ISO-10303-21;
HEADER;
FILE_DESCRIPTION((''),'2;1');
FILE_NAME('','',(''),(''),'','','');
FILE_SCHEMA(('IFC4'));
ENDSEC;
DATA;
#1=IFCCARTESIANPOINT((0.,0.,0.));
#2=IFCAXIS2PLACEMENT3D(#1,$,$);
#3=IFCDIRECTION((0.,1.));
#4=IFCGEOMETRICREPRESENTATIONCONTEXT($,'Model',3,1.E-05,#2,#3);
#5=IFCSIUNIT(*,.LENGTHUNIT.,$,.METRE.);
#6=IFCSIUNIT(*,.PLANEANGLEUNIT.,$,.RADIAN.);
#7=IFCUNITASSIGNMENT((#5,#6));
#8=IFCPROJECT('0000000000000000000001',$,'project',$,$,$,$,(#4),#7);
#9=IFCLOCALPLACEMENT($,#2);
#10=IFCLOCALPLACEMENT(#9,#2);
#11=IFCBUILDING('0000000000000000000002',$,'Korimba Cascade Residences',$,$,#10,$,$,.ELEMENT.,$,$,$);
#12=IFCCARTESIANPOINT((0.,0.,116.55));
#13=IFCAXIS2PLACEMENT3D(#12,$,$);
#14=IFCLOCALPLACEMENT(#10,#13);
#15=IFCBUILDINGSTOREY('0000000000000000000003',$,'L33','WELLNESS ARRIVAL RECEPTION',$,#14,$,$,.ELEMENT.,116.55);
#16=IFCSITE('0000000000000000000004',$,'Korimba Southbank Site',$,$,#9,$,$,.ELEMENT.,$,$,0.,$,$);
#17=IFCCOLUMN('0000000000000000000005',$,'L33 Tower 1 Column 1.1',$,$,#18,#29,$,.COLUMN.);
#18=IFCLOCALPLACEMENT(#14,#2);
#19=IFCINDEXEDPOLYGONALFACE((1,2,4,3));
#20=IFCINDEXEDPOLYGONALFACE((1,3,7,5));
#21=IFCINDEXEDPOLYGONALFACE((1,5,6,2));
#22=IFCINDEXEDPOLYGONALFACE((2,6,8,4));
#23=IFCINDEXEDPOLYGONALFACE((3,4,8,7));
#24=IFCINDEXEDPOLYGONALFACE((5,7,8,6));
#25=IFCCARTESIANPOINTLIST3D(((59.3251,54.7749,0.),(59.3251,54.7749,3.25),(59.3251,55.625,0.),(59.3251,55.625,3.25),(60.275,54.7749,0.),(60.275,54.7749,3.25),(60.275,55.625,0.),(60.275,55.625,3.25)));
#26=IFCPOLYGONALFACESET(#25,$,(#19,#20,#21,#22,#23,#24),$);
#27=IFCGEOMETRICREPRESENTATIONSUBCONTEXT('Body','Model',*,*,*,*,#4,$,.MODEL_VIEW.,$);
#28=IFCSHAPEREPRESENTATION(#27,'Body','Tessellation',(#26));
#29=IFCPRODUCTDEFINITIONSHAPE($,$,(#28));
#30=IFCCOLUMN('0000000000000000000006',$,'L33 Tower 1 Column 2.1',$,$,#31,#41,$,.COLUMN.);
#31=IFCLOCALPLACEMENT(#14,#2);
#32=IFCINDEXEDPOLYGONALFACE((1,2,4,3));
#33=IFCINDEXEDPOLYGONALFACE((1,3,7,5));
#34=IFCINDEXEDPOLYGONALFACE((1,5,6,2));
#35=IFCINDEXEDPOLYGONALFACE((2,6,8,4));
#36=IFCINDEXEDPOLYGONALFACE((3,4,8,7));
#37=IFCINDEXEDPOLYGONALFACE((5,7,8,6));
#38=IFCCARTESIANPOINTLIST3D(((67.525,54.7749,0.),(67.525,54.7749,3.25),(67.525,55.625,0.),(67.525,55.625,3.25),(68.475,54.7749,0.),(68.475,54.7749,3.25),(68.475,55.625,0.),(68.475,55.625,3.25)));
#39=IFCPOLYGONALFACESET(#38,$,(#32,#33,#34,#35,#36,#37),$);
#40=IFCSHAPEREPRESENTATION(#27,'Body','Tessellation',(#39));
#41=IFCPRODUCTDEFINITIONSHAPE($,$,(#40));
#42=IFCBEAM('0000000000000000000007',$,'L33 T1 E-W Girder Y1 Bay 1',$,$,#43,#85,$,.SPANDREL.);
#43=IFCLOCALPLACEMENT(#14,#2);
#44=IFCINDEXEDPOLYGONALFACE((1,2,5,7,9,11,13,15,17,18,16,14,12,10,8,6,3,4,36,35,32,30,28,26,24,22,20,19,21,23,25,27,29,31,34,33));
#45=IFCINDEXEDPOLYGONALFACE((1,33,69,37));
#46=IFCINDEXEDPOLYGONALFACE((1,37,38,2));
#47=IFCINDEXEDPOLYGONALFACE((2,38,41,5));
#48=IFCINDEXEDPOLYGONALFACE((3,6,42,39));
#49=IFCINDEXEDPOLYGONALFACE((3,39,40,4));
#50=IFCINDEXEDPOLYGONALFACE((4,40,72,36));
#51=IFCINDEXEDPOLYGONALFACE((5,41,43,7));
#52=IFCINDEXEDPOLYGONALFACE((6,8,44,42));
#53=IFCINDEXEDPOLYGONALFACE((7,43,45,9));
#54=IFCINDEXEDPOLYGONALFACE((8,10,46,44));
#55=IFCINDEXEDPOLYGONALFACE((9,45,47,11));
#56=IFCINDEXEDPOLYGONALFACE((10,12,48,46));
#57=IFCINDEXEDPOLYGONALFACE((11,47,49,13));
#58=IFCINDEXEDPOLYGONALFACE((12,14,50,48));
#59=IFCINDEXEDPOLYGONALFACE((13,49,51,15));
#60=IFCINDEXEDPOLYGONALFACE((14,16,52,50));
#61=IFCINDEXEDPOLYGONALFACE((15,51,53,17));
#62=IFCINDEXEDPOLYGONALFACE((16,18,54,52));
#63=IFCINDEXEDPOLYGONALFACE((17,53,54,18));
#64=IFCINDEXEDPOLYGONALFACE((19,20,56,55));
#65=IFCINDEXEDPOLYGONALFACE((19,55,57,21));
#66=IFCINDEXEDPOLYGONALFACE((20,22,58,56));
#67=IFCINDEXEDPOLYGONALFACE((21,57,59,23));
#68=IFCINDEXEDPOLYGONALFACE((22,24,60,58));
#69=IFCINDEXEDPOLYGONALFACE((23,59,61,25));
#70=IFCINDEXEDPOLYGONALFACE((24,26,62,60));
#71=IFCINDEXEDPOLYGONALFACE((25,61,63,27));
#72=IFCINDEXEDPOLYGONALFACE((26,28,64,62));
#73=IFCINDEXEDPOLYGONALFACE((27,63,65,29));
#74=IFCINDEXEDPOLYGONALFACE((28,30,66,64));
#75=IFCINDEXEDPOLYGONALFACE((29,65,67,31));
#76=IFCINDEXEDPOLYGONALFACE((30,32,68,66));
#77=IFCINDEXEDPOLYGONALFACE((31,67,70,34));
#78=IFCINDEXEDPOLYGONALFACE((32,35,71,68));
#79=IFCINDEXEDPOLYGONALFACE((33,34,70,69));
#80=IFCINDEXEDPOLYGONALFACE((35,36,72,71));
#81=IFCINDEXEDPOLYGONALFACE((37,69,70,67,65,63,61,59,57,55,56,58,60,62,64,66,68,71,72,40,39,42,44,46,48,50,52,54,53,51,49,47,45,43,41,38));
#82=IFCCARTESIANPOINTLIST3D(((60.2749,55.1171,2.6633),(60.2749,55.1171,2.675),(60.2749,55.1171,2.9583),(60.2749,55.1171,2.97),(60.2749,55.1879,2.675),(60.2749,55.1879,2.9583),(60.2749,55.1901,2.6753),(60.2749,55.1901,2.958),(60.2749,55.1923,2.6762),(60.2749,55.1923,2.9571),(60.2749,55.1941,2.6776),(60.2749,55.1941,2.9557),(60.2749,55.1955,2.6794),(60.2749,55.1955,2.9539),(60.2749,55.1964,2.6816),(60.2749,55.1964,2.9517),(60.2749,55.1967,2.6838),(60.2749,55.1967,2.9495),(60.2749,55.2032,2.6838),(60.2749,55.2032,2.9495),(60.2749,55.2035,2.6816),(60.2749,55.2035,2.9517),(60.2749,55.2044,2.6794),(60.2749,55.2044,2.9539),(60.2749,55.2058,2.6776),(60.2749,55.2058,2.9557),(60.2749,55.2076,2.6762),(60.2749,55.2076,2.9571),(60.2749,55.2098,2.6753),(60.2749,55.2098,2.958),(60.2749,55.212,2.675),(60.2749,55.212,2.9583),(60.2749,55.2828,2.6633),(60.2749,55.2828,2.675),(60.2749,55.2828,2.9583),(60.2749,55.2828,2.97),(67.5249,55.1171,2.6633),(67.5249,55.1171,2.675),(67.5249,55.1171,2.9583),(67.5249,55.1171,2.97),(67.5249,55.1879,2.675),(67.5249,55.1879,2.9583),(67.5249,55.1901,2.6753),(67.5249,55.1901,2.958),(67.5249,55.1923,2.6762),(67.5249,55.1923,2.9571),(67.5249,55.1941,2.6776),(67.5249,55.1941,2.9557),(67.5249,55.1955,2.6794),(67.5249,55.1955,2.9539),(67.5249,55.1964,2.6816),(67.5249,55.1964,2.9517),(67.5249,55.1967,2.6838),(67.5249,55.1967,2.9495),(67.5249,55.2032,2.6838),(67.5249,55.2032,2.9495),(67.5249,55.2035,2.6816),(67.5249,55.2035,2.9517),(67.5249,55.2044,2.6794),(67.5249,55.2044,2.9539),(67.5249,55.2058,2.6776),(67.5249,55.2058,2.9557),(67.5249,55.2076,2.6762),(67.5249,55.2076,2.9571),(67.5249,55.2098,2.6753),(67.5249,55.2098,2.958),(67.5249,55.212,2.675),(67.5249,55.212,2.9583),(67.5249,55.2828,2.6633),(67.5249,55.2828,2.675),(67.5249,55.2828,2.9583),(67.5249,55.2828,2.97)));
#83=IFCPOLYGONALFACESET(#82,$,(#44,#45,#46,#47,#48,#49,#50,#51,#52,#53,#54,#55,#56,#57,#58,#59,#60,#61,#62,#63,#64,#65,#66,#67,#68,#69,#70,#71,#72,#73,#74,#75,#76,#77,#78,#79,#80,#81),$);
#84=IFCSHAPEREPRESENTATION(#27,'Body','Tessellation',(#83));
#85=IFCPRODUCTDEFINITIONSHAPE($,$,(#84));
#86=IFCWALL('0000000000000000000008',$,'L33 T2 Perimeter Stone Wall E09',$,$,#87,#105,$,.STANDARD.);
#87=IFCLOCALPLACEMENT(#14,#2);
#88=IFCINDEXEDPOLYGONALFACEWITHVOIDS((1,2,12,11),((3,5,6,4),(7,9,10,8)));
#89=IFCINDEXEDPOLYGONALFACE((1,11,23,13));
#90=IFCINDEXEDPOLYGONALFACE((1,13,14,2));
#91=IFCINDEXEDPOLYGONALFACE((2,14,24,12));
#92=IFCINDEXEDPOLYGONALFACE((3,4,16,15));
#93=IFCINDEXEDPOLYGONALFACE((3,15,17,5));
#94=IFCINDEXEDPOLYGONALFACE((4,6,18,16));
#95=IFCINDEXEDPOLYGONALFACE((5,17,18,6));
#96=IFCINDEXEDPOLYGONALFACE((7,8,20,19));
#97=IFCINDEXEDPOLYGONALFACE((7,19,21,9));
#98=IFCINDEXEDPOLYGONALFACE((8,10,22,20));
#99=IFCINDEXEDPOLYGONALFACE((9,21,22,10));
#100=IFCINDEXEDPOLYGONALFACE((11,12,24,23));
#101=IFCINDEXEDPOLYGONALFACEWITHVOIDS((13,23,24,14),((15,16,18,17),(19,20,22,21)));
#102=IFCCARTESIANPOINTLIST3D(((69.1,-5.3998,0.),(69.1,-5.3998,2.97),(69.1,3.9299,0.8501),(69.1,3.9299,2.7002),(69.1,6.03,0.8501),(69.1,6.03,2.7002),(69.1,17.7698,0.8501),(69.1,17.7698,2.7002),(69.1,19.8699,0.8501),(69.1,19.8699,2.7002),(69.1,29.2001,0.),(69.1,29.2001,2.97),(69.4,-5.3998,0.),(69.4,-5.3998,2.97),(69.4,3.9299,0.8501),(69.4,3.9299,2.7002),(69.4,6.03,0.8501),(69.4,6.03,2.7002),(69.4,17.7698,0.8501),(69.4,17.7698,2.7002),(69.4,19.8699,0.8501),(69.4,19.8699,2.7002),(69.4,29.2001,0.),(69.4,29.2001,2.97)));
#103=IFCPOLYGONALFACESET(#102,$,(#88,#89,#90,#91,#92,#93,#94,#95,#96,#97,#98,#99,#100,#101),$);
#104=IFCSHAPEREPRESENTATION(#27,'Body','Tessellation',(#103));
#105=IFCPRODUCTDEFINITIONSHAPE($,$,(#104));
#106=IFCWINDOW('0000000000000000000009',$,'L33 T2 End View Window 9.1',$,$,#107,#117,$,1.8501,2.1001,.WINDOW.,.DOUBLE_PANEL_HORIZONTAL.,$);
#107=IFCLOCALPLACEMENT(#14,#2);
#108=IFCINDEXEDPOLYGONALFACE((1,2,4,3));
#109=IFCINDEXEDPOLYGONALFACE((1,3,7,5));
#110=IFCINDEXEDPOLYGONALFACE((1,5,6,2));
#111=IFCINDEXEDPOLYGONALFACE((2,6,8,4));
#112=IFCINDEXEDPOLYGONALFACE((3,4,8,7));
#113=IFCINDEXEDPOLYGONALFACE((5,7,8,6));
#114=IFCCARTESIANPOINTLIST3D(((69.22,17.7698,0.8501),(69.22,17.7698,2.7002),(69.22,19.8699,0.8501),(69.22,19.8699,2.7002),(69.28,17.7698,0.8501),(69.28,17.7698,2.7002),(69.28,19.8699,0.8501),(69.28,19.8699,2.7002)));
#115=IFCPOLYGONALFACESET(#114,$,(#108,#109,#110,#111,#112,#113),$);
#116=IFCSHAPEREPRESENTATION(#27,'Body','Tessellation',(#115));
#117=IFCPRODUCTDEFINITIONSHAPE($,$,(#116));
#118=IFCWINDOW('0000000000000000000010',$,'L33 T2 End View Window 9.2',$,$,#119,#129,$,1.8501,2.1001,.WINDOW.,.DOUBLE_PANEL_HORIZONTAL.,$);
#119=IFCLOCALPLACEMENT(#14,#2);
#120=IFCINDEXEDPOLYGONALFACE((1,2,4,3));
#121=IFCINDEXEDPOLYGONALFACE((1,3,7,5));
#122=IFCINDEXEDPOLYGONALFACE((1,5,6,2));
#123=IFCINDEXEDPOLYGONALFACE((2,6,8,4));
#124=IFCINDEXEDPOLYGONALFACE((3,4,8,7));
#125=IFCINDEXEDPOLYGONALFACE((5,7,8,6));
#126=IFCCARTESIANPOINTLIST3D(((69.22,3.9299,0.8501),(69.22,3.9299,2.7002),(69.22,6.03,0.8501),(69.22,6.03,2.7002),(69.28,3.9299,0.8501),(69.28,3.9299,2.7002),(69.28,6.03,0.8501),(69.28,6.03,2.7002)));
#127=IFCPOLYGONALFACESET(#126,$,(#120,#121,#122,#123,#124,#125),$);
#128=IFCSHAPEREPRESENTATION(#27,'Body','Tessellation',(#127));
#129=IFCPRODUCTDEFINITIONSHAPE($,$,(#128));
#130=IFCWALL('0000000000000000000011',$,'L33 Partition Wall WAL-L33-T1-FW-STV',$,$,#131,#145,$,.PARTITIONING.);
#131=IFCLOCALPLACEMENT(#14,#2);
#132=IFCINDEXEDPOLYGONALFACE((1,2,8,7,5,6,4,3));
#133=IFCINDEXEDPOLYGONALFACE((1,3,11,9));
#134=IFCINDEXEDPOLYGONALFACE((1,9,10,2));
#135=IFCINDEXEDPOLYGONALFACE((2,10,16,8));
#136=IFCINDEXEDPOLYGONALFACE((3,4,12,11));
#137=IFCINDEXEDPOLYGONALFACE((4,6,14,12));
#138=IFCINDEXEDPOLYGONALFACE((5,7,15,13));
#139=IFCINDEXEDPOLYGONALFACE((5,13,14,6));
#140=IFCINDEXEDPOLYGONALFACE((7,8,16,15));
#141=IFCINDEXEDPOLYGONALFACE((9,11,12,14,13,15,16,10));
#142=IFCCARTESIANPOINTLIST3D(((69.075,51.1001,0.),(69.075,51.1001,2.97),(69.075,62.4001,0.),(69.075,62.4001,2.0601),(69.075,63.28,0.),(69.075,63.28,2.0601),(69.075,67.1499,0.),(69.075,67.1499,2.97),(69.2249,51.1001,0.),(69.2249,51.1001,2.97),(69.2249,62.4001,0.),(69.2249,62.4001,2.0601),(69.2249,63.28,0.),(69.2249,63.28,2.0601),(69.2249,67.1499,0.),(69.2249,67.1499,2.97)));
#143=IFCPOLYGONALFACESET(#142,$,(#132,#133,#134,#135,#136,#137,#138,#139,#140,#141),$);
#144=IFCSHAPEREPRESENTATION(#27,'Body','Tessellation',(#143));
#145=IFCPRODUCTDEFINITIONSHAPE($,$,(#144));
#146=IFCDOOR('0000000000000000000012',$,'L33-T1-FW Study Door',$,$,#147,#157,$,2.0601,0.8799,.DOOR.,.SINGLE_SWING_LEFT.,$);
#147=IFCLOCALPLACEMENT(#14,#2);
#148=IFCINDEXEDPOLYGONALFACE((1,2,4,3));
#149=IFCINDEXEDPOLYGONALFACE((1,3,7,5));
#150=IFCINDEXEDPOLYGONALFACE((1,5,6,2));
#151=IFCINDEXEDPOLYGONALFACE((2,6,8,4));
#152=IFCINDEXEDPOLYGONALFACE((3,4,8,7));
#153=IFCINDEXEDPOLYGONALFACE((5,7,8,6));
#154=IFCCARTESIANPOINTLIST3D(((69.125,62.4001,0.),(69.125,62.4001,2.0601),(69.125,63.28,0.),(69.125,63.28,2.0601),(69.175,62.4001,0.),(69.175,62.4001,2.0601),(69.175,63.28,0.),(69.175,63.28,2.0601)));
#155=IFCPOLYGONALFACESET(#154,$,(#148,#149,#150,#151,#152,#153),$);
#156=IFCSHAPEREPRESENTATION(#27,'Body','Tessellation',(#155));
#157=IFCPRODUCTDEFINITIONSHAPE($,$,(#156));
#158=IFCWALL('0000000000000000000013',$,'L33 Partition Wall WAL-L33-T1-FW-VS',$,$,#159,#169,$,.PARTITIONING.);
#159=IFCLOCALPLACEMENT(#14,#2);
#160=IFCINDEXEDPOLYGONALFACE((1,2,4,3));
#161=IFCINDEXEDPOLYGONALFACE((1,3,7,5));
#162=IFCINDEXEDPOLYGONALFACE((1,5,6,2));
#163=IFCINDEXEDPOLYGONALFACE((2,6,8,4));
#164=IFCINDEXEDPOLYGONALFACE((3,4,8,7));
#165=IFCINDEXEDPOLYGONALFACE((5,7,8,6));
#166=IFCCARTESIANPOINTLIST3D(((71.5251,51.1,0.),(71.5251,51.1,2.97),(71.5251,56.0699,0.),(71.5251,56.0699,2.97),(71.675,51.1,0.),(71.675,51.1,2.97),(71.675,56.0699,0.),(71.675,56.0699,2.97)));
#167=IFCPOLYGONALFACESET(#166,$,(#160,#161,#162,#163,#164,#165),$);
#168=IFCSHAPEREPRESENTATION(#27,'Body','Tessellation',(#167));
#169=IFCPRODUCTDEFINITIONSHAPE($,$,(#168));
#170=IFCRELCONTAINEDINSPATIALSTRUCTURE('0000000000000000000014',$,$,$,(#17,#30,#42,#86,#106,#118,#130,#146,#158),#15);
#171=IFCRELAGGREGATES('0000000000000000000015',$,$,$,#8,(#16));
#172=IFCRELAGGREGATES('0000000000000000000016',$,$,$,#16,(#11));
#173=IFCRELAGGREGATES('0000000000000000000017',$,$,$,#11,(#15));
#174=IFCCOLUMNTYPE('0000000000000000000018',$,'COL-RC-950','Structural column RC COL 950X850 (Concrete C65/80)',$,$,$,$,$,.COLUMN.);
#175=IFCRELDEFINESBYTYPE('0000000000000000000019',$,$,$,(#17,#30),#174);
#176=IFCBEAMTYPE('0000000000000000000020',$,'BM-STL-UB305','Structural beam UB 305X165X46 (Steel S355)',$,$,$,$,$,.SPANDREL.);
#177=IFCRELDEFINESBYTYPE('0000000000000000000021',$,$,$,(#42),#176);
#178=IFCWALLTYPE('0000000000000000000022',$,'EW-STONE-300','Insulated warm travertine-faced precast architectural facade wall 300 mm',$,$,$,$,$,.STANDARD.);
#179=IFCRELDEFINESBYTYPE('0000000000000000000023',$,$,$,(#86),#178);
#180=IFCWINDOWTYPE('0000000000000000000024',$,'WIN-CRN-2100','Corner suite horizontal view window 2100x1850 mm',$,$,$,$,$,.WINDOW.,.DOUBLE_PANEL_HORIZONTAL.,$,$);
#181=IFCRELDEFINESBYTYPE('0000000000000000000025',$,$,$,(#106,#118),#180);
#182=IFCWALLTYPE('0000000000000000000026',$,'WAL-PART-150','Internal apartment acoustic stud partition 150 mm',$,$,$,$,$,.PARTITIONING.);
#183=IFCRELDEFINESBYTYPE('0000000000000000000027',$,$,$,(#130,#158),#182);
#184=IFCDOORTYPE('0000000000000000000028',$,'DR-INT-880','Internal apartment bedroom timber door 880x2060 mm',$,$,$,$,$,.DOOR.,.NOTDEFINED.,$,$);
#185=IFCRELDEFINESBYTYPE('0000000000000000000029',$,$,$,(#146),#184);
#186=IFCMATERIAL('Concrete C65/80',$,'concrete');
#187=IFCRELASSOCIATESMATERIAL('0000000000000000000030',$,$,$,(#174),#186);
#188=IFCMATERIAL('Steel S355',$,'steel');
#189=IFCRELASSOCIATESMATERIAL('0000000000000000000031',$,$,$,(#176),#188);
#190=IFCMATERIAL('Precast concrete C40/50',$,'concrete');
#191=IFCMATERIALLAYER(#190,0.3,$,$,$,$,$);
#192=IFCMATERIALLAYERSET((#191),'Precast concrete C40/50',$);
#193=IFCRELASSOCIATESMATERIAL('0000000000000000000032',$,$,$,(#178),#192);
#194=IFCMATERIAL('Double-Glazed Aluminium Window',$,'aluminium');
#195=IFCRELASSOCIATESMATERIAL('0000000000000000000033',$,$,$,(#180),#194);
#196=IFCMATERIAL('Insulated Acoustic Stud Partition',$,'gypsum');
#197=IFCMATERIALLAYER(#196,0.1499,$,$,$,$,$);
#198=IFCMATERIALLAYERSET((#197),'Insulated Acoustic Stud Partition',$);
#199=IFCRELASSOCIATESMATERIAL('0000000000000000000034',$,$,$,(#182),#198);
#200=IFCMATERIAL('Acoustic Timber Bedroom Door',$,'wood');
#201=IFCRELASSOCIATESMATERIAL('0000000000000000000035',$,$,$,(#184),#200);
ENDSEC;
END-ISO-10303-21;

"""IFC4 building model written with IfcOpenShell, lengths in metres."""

from ifc_helpers import new_model, si_unit, direction, frame, frame_2d, origin, origin_2d, place, context, subcontext, project, spatial, rectangle, i_section, extrude, material, layer, layer_set, material_profile, profile_set, type_object, element, fill, save


model = new_model("IFC4")

# Units and contexts
model_context = context("Model", 3, precision=1e-05, world=origin(), true_north=direction((0.0, 1.0)))
body_context = subcontext(model_context, "Body", "Model", "MODEL_VIEW")
ifc_project = project(units=[si_unit("LENGTHUNIT", "METRE"), si_unit("PLANEANGLEUNIT", "RADIAN")], contexts=[model_context])

# Site, building, storey
site_placement = place(None, origin())
site = spatial("IfcSite", under=ifc_project, at=site_placement, Name="Korimba Southbank Site", CompositionType="ELEMENT", RefElevation=0.0)
building_placement = place(site_placement, origin())
building = spatial("IfcBuilding", under=site, at=building_placement, Name="Korimba Cascade Residences", CompositionType="ELEMENT")
storey_placement = place(building_placement, frame((0.0, 0.0, 116.55)))
storey = spatial("IfcBuildingStorey", under=building, at=storey_placement, Name="L33", Description="WELLNESS ARRIVAL RECEPTION", CompositionType="ELEMENT", Elevation=116.55)

# Columns
ifc_material_1 = material(Name="Concrete C65/80", Category="concrete")
ifc_material_profile_1 = material_profile(ifc_material_1, rectangle(XDim=0.95, YDim=0.8501, at=origin_2d()), Name="Concrete C65/80")
ifc_profile_set_1 = profile_set([ifc_material_profile_1], Name="Concrete C65/80")
column_type = type_object("IfcColumnType", Name="COL-RC-950", Description="Structural column RC COL 950X850 (Concrete C65/80)", PredefinedType="COLUMN", material=ifc_profile_set_1)
for number, where, z_axis, x_axis, name in (
    (1, (59.8, 55.2, 0.0), (0.0, 0.0, 1.0), (1.0, 0.0, 0.0), "L33 Tower 1 Column 1.1"),
    (2, (68.0, 55.2, 0.0), (0.0, 0.0, 1.0), (1.0, 0.0, 0.0), "L33 Tower 1 Column 2.1"),
):
    element("IfcColumn", number, at=place(storey_placement, frame(where, z_axis=z_axis, x_axis=x_axis)), inside=storey, type_object=column_type, Name=name, PredefinedType="COLUMN", context=body_context, shape_type="SweptSolid", body=[
        extrude(rectangle(XDim=0.95, YDim=0.8501, at=origin_2d()), origin(), (0.0, 0.0, 1.0), 3.25),
    ])

# Beam
ifc_material_2 = material(Name="Steel S355", Category="steel")
ifc_material_profile_2 = material_profile(ifc_material_2, i_section(OverallWidth=0.1658, OverallDepth=0.3066, WebThickness=0.0066, FlangeThickness=0.0117, FilletRadius=0.0088, at=origin_2d()), Name="Steel S355")
ifc_profile_set_2 = profile_set([ifc_material_profile_2], Name="Steel S355")
beam_type = type_object("IfcBeamType", Name="BM-STL-UB305", Description="Structural beam UB 305X165X46 (Steel S355)", PredefinedType="SPANDREL", material=ifc_profile_set_2)
beam_placement = place(storey_placement, frame((60.2749, 55.2, 2.8167), z_axis=(1.0, 0.0, 0.0), x_axis=(0.0, 1.0, 0.0)))
element("IfcBeam", 3, at=beam_placement, inside=storey, type_object=beam_type, Name="L33 T1 E-W Girder Y1 Bay 1", PredefinedType="SPANDREL", context=body_context, shape_type="SweptSolid", body=[
    extrude(i_section(OverallWidth=0.1658, OverallDepth=0.3066, WebThickness=0.0066, FlangeThickness=0.0117, FilletRadius=0.0088, at=origin_2d()), origin(), (0.0, 0.0, 1.0), 7.25),
])

# Wall, openings, windows
ifc_material_3 = material(Name="Precast concrete C40/50", Category="concrete")
ifc_layer_1 = layer(ifc_material_3, 0.3)
ifc_layer_set_1 = layer_set([ifc_layer_1], Name="Precast concrete C40/50")
wall_type_1 = type_object("IfcWallType", Name="EW-STONE-300", Description="Insulated warm travertine-faced precast architectural facade wall 300 mm", PredefinedType="STANDARD", material=ifc_layer_set_1)
wall_1_placement = place(storey_placement, frame((69.25, 29.2, 0.0), z_axis=(0.0, 0.0, 1.0), x_axis=(0.0, -1.0, 0.0)))
wall_1 = element("IfcWall", 4, at=wall_1_placement, inside=storey, type_object=wall_type_1, Name="L33 T2 Perimeter Stone Wall E09", PredefinedType="STANDARD", context=body_context, shape_type="SweptSolid", body=[
    extrude(rectangle(XDim=34.5999, YDim=0.3, at=frame_2d((17.2998, 0.0))), origin(), (0.0, 0.0, 1.0), 2.97),
])
opening_1_placement = place(wall_1_placement, frame((9.3301, 0.0, 0.8501)))
opening_1 = element("IfcOpeningElement", 5, at=opening_1_placement, cuts=wall_1, PredefinedType="OPENING", context=body_context, shape_type="SweptSolid", body=[
    extrude(rectangle(XDim=2.1001, YDim=1.8501, at=frame_2d((1.05, 0.925))), frame((0.0, 0.1602, 0.0), z_axis=(0.0, -1.0, 0.0), x_axis=(1.0, 0.0, 0.0)), (0.0, 0.0, 1.0), 0.3201),
])
opening_2_placement = place(wall_1_placement, frame((23.1699, 0.0, 0.8501)))
opening_2 = element("IfcOpeningElement", 6, at=opening_2_placement, cuts=wall_1, PredefinedType="OPENING", context=body_context, shape_type="SweptSolid", body=[
    extrude(rectangle(XDim=2.1001, YDim=1.8501, at=frame_2d((1.05, 0.925))), frame((0.0, 0.1602, 0.0), z_axis=(0.0, -1.0, 0.0), x_axis=(1.0, 0.0, 0.0)), (0.0, 0.0, 1.0), 0.3201),
])
ifc_material_4 = material(Name="Double-Glazed Aluminium Window", Category="aluminium")
window_type = type_object("IfcWindowType", Name="WIN-CRN-2100", Description="Corner suite horizontal view window 2100x1850 mm", PartitioningType="DOUBLE_PANEL_HORIZONTAL", PredefinedType="WINDOW", material=ifc_material_4)
window_1_placement = place(opening_1_placement, origin())
window_1 = element("IfcWindow", 7, at=window_1_placement, inside=storey, type_object=window_type, Name="L33 T2 End View Window 9.1", OverallHeight=1.8501, OverallWidth=2.1001, PartitioningType="DOUBLE_PANEL_HORIZONTAL", PredefinedType="WINDOW", context=body_context, shape_type="SweptSolid", body=[
    extrude(rectangle(XDim=2.1001, YDim=1.8501, at=frame_2d((1.05, 0.925))), frame((0.0, 0.03, 0.0), z_axis=(0.0, -1.0, 0.0), x_axis=(1.0, 0.0, 0.0)), (0.0, 0.0, 1.0), 0.0601),
])
fill(opening_1, window_1)
window_2_placement = place(opening_2_placement, origin())
window_2 = element("IfcWindow", 8, at=window_2_placement, inside=storey, type_object=window_type, Name="L33 T2 End View Window 9.2", OverallHeight=1.8501, OverallWidth=2.1001, PartitioningType="DOUBLE_PANEL_HORIZONTAL", PredefinedType="WINDOW", context=body_context, shape_type="SweptSolid", body=[
    extrude(rectangle(XDim=2.1001, YDim=1.8501, at=frame_2d((1.05, 0.925))), frame((0.0, 0.03, 0.0), z_axis=(0.0, -1.0, 0.0), x_axis=(1.0, 0.0, 0.0)), (0.0, 0.0, 1.0), 0.0601),
])
fill(opening_2, window_2)

# Wall, opening, door
ifc_material_5 = material(Name="Insulated Acoustic Stud Partition", Category="gypsum")
ifc_layer_2 = layer(ifc_material_5, 0.1499)
ifc_layer_set_2 = layer_set([ifc_layer_2], Name="Insulated Acoustic Stud Partition")
wall_type_2 = type_object("IfcWallType", Name="WAL-PART-150", Description="Internal apartment acoustic stud partition 150 mm", PredefinedType="PARTITIONING", material=ifc_layer_set_2)
wall_2_placement = place(storey_placement, frame((69.1499, 51.1001, 0.0), z_axis=(0.0, 0.0, 1.0), x_axis=(0.0, 1.0, 0.0)))
wall_2 = element("IfcWall", 9, at=wall_2_placement, inside=storey, type_object=wall_type_2, Name="L33 Partition Wall WAL-L33-T1-FW-STV", PredefinedType="PARTITIONING", context=body_context, shape_type="SweptSolid", body=[
    extrude(rectangle(XDim=16.0498, YDim=0.1499, at=frame_2d((8.0249, 0.0))), origin(), (0.0, 0.0, 1.0), 2.97),
])
opening_3_placement = place(wall_2_placement, frame((11.3, 0.0, 0.0)))
opening_3 = element("IfcOpeningElement", 10, at=opening_3_placement, cuts=wall_2, PredefinedType="OPENING", context=body_context, shape_type="SweptSolid", body=[
    extrude(rectangle(XDim=0.8799, YDim=2.0601, at=frame_2d((0.4399, 1.03))), frame((0.0, 0.085, 0.0), z_axis=(0.0, -1.0, 0.0), x_axis=(1.0, 0.0, 0.0)), (0.0, 0.0, 1.0), 0.1699),
])
ifc_material_6 = material(Name="Acoustic Timber Bedroom Door", Category="wood")
door_type_1 = type_object("IfcDoorType", Name="DR-INT-880", Description="Internal apartment bedroom timber door 880x2060 mm", OperationType="NOTDEFINED", PredefinedType="DOOR", material=ifc_material_6)
door_1_placement = place(opening_3_placement, origin())
door_1 = element("IfcDoor", 11, at=door_1_placement, inside=storey, type_object=door_type_1, Name="L33-T1-FW Study Door", OperationType="SINGLE_SWING_LEFT", OverallHeight=2.0601, OverallWidth=0.8799, PredefinedType="DOOR", context=body_context, shape_type="SweptSolid", body=[
    extrude(rectangle(XDim=0.8799, YDim=2.0601, at=frame_2d((0.4399, 1.03))), frame((0.0, 0.0249, 0.0), z_axis=(0.0, -1.0, 0.0), x_axis=(1.0, 0.0, 0.0)), (0.0, 0.0, 1.0), 0.05),
])
fill(opening_3, door_1)

# Wall
wall_3_placement = place(storey_placement, frame((71.6001, 51.1001, 0.0), z_axis=(0.0, 0.0, 1.0), x_axis=(0.0, 1.0, 0.0)))
element("IfcWall", 12, at=wall_3_placement, inside=storey, type_object=wall_type_2, Name="L33 Partition Wall WAL-L33-T1-FW-VS", PredefinedType="PARTITIONING", context=body_context, shape_type="SweptSolid", body=[
    extrude(rectangle(XDim=4.97, YDim=0.1499, at=frame_2d((2.4849, 0.0))), origin(), (0.0, 0.0, 1.0), 2.97),
])

save(model, "model.ifc")
